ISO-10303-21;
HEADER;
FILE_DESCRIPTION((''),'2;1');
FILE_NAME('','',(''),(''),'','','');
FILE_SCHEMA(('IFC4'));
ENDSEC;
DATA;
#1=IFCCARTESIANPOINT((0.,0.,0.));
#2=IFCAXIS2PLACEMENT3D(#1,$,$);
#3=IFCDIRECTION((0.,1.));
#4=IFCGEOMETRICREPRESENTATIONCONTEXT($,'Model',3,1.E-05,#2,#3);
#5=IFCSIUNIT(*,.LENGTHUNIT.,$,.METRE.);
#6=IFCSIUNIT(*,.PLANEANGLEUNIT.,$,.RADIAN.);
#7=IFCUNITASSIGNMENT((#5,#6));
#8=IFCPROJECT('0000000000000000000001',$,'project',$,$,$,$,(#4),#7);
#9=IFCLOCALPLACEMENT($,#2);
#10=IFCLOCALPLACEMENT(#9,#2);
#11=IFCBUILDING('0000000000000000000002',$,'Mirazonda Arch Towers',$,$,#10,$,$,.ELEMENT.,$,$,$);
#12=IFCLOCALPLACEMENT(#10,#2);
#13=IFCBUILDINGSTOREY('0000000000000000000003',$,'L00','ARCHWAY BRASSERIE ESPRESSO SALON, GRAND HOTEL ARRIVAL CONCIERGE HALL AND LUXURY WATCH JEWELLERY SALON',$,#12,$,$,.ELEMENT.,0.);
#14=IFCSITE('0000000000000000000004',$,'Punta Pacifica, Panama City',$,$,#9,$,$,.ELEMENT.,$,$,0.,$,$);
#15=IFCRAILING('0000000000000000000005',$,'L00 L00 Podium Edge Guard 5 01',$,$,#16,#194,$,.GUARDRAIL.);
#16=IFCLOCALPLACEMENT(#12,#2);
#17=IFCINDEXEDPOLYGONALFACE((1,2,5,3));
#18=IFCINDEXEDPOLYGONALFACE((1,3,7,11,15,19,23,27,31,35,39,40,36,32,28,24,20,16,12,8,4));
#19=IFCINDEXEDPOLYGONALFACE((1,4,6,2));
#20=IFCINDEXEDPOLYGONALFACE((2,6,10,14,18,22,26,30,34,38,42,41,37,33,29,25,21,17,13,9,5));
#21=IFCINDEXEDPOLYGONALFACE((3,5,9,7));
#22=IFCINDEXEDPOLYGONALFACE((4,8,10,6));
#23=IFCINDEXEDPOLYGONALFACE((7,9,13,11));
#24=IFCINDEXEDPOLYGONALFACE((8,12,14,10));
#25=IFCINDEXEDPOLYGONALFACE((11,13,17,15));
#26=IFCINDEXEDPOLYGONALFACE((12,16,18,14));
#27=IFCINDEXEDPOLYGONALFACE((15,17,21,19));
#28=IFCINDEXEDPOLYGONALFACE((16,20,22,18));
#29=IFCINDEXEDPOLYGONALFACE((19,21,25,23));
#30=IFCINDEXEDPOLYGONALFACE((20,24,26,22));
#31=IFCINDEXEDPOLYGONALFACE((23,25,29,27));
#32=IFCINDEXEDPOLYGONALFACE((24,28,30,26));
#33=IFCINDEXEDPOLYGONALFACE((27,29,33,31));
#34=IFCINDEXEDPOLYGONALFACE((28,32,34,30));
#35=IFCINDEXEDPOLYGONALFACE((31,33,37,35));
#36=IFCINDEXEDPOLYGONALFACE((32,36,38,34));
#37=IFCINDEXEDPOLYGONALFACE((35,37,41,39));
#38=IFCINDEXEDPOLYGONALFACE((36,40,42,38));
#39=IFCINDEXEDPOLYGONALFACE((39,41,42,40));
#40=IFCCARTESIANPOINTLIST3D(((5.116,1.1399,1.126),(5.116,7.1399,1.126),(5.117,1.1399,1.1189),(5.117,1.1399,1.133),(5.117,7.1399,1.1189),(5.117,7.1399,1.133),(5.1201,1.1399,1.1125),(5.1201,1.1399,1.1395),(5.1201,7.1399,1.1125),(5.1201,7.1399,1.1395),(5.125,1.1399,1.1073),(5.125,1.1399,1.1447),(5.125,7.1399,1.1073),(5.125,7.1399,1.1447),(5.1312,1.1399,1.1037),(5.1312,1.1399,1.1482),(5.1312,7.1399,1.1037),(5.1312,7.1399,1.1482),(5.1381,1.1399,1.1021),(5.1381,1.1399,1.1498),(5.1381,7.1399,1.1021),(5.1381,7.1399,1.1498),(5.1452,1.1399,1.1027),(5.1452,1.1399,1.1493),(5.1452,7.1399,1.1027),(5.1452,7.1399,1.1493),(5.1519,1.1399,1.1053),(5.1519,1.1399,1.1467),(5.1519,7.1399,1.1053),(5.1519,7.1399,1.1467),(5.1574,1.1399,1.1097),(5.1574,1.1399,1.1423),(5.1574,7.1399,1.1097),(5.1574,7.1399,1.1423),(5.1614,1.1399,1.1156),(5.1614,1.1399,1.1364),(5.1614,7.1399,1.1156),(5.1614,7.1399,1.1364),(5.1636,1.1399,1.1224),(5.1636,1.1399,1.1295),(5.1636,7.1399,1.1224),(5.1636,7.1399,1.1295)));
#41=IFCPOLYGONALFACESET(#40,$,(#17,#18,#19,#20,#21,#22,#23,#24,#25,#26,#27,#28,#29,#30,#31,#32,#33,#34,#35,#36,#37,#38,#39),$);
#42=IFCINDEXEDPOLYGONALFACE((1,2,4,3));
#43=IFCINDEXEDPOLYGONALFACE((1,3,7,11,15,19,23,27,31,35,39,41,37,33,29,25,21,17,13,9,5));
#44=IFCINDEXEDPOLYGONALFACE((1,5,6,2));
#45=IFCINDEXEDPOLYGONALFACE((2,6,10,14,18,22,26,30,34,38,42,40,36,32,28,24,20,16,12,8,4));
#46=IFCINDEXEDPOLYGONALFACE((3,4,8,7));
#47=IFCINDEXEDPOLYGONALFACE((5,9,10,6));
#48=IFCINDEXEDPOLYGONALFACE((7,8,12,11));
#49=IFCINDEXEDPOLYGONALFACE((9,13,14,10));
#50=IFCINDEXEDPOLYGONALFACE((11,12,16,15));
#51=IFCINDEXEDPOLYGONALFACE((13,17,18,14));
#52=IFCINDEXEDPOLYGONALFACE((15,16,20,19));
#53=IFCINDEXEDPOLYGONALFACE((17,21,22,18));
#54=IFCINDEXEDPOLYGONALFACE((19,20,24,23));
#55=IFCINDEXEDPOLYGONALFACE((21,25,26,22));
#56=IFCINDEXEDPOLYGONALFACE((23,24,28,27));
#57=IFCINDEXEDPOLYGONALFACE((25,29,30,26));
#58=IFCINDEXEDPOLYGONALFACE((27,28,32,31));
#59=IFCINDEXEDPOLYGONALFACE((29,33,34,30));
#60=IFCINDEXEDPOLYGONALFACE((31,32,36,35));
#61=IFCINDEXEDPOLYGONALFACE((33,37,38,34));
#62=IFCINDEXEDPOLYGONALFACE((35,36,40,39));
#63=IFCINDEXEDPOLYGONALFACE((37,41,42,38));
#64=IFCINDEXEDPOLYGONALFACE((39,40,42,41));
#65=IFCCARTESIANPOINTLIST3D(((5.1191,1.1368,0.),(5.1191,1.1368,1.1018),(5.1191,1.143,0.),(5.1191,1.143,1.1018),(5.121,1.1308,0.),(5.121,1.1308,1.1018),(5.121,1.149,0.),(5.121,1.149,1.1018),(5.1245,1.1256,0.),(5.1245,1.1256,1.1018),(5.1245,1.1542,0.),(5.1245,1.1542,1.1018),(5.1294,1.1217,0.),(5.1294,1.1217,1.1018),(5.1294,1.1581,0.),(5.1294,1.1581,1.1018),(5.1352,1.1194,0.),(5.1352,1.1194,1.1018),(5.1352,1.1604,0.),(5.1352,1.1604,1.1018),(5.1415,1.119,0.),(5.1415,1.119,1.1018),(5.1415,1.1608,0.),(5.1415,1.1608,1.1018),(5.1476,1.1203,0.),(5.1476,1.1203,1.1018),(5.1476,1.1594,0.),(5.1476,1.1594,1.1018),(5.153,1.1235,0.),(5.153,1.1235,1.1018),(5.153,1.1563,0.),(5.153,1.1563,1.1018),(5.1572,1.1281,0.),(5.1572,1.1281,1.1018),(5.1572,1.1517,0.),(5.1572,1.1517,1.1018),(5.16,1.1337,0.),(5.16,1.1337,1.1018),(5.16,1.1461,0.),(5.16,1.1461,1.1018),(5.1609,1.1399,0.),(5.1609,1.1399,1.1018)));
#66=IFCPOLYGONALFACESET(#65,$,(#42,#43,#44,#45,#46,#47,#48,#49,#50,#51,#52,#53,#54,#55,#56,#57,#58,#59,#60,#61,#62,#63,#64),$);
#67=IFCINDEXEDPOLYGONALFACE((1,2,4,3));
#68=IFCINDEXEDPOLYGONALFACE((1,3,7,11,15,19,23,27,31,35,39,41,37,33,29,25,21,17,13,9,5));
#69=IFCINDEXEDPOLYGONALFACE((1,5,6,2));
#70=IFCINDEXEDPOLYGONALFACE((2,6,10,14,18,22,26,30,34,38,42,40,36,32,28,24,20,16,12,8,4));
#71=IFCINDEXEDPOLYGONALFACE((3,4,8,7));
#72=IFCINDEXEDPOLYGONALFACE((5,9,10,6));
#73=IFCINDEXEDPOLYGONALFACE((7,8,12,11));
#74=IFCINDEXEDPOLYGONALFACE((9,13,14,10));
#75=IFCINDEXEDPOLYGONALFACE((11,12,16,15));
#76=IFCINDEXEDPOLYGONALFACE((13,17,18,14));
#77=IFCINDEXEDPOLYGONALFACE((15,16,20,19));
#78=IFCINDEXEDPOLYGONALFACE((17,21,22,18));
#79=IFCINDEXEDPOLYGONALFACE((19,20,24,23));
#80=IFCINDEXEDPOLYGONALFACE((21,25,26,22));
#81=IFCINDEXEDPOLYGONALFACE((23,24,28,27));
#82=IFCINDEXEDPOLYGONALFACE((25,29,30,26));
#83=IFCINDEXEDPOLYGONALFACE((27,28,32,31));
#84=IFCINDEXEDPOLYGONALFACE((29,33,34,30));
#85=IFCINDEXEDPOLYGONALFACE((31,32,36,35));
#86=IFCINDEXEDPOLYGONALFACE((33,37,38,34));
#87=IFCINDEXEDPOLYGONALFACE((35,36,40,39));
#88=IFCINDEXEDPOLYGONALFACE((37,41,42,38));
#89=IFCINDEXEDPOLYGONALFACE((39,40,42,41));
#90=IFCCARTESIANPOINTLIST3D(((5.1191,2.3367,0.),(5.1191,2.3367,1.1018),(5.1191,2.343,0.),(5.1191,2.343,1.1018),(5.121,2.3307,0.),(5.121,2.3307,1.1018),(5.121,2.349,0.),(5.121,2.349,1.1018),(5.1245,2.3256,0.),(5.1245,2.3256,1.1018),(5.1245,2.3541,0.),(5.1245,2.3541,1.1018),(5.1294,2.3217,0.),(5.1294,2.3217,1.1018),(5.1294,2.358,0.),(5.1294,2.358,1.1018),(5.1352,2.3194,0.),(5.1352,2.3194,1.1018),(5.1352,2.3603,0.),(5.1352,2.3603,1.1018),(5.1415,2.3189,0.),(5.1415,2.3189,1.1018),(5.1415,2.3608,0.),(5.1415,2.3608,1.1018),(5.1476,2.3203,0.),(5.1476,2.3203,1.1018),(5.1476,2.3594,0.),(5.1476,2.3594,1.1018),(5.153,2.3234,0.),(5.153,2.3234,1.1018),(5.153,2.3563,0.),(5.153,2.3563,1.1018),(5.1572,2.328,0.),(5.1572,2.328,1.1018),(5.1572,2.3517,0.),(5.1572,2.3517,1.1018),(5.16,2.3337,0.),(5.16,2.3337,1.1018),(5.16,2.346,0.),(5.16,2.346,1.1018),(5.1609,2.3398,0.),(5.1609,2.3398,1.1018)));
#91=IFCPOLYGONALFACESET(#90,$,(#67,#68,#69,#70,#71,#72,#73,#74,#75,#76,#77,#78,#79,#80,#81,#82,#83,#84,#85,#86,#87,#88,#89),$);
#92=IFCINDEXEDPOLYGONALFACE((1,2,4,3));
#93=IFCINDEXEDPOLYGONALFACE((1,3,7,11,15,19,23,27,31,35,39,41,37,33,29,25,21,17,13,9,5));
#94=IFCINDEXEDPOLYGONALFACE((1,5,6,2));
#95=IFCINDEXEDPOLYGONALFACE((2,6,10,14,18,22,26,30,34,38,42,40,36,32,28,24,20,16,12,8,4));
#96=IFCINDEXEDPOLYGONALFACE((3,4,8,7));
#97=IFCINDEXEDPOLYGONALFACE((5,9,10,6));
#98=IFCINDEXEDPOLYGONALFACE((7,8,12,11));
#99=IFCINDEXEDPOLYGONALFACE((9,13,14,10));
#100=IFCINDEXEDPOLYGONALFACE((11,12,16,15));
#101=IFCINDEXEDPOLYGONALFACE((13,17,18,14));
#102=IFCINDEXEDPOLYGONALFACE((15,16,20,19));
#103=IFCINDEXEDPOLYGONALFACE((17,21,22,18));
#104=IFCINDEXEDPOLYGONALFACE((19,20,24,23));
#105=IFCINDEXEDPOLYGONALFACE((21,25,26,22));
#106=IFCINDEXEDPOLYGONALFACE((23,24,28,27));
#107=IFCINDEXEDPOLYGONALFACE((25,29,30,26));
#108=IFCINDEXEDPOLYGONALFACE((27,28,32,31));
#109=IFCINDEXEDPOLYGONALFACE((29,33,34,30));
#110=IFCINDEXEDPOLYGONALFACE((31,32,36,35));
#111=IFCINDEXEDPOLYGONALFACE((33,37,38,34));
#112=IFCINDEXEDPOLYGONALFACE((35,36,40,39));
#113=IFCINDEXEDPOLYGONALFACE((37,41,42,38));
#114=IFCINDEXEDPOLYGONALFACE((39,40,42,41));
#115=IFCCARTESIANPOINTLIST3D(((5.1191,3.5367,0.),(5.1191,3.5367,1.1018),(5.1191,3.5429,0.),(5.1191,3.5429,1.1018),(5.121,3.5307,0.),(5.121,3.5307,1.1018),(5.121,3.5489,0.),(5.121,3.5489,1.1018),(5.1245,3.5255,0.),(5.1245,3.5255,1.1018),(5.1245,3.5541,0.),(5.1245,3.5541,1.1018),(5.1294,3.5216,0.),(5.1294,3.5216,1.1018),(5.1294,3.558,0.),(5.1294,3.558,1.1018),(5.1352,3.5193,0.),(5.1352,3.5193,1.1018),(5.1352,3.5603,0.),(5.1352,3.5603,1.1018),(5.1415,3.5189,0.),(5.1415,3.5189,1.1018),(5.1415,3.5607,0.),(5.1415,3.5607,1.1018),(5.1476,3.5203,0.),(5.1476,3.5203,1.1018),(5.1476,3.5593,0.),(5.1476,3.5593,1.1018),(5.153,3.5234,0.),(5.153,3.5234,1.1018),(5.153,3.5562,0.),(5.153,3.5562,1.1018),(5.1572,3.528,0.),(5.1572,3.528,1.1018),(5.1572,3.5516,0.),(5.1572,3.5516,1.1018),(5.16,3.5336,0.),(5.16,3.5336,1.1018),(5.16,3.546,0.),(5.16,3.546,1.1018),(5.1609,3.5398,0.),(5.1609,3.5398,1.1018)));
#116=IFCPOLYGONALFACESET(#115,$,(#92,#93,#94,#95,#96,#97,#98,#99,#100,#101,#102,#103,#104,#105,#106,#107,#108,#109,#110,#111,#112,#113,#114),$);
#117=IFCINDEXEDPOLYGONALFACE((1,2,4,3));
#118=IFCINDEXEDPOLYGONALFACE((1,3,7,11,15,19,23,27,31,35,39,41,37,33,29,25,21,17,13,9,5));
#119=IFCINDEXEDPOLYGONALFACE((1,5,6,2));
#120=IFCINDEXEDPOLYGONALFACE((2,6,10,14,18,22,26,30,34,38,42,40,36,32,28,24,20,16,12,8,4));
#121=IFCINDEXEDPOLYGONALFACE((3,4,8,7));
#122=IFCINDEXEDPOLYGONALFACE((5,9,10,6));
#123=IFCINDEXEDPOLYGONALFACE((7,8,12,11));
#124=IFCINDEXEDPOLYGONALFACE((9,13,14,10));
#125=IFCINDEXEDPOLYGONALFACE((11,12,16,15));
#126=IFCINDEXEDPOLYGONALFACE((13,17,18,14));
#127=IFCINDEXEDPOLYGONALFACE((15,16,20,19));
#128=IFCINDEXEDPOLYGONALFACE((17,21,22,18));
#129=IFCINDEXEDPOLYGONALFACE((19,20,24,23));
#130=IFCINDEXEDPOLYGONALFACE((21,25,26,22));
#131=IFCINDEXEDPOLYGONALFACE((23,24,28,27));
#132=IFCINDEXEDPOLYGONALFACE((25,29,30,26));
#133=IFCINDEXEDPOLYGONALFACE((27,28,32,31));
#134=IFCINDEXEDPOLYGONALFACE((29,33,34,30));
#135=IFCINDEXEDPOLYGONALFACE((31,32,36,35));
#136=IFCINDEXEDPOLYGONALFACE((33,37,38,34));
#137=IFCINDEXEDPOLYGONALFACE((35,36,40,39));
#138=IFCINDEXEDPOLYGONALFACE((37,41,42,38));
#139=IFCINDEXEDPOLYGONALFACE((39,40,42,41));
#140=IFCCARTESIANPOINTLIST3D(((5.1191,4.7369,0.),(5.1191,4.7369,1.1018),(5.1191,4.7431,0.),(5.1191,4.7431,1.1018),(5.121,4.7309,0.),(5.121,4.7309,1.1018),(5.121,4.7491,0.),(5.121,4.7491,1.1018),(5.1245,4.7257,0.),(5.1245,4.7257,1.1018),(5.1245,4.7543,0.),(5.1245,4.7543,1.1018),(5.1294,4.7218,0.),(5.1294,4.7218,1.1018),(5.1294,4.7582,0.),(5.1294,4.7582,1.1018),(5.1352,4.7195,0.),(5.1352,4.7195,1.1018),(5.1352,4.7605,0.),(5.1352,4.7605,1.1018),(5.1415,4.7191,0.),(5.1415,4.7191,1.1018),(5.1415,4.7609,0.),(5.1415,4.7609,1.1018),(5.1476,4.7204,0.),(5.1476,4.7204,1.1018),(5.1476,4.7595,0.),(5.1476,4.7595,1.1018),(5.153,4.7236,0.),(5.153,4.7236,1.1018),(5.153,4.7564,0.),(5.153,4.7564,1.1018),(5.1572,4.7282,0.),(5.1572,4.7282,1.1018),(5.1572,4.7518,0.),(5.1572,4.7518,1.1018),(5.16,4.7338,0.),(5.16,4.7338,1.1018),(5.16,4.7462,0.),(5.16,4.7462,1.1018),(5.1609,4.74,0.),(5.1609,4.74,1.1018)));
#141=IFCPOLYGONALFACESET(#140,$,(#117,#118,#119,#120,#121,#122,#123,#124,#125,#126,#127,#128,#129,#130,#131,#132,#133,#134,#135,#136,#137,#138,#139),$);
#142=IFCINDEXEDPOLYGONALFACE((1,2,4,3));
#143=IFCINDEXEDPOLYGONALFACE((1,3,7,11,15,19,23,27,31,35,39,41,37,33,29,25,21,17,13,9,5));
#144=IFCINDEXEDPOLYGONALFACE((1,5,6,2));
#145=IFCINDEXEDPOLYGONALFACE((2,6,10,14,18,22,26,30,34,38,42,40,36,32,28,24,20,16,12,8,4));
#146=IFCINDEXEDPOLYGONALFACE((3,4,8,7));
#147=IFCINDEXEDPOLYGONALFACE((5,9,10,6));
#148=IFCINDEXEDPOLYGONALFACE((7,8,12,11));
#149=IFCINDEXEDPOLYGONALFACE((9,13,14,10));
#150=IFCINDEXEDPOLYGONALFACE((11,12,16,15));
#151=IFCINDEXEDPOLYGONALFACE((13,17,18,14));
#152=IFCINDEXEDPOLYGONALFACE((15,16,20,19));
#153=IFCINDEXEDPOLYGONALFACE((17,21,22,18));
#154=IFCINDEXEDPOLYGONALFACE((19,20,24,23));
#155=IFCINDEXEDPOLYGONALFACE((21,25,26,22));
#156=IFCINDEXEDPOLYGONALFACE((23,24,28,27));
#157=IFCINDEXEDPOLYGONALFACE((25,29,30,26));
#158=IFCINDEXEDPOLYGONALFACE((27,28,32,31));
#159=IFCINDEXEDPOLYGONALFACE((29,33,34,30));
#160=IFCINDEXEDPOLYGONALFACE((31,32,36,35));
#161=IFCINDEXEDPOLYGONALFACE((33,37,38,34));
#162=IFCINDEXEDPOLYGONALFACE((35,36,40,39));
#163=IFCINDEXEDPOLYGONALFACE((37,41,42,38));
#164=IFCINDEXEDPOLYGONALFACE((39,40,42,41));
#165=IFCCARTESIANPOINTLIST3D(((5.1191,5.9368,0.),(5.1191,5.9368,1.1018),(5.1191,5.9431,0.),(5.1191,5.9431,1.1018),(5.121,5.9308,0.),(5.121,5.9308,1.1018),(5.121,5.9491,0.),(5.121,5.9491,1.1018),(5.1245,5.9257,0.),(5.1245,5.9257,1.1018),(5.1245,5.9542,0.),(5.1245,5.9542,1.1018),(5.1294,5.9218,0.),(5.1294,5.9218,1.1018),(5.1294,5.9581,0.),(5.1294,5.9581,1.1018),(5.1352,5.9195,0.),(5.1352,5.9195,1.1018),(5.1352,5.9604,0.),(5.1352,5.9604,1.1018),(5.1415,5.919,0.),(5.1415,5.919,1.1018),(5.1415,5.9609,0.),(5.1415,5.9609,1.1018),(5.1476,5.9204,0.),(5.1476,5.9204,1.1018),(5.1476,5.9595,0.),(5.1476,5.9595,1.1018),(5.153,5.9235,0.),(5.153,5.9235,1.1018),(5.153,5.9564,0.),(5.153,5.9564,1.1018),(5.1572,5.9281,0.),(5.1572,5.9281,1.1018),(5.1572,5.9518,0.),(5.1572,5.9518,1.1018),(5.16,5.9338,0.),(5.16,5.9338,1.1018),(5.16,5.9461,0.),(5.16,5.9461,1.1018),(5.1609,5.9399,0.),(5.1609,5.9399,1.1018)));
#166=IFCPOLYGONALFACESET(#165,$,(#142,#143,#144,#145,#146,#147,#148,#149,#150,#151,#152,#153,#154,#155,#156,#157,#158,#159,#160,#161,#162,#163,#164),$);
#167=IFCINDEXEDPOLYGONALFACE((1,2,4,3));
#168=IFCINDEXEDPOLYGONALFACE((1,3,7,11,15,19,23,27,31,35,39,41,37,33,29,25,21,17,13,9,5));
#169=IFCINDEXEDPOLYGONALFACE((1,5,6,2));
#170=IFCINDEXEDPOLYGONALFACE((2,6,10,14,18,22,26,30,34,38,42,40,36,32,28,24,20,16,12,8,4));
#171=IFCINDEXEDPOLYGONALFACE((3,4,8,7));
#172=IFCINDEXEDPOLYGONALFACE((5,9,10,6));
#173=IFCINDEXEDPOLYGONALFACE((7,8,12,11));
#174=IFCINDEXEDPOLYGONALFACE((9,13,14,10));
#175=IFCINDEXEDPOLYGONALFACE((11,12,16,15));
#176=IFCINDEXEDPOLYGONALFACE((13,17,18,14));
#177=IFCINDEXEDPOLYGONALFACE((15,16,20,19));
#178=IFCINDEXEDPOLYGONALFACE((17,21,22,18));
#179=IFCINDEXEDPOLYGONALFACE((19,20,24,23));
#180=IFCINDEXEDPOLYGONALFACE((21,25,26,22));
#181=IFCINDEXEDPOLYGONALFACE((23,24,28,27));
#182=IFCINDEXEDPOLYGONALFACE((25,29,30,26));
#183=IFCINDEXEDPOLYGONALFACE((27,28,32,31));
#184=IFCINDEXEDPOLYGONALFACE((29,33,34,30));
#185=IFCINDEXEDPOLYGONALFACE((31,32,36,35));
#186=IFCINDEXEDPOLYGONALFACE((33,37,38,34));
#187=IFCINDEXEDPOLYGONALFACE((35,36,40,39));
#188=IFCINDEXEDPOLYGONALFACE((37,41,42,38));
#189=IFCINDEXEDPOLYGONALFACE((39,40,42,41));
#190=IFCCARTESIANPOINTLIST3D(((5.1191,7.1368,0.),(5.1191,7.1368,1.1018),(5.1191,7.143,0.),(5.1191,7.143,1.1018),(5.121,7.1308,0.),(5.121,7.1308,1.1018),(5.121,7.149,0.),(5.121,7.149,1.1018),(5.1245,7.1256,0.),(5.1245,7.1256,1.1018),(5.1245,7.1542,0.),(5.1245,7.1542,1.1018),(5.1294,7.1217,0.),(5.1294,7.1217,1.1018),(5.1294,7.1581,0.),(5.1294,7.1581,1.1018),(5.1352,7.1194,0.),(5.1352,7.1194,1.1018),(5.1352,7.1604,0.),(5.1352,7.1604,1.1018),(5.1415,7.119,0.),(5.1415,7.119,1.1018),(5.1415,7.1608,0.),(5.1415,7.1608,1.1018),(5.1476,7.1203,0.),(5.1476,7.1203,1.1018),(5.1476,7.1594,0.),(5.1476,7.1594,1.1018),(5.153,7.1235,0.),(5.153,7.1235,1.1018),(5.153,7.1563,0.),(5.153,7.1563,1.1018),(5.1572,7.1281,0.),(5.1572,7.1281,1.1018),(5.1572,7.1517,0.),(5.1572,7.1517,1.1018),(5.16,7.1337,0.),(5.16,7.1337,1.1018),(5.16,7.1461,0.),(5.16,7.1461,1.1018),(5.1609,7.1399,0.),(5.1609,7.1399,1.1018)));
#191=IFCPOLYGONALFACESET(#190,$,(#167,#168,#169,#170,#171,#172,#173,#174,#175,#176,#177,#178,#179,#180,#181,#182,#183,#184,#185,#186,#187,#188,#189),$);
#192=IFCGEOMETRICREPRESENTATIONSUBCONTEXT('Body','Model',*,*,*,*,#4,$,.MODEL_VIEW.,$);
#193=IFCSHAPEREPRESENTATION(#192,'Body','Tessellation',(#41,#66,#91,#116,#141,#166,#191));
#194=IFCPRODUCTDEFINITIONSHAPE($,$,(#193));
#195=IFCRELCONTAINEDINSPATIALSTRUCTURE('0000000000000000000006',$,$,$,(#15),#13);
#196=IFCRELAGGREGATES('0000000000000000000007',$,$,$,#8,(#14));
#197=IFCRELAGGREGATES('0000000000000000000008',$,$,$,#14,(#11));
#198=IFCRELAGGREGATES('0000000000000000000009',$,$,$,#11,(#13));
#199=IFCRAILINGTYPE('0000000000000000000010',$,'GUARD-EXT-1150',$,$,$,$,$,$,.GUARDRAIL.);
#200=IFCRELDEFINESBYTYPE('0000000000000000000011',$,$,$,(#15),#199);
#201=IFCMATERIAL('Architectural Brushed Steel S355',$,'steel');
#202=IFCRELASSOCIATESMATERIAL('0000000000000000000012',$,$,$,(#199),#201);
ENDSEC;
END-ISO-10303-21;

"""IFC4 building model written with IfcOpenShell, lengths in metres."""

from ifc_helpers import new_model, si_unit, direction, frame, origin, origin_2d, place, context, subcontext, project, spatial, circle, extrude, material, type_object, element, save


model = new_model("IFC4")

# Units and contexts
model_context = context("Model", 3, precision=1e-05, world=origin(), true_north=direction((0.0, 1.0)))
body_context = subcontext(model_context, "Body", "Model", "MODEL_VIEW")
ifc_project = project(units=[si_unit("LENGTHUNIT", "METRE"), si_unit("PLANEANGLEUNIT", "RADIAN")], contexts=[model_context])

# Site, building, storey
site_placement = place(None, origin())
site = spatial("IfcSite", under=ifc_project, at=site_placement, Name="Punta Pacifica, Panama City", CompositionType="ELEMENT", RefElevation=0.0)
building_placement = place(site_placement, origin())
building = spatial("IfcBuilding", under=site, at=building_placement, Name="Mirazonda Arch Towers", CompositionType="ELEMENT")
storey_placement = place(building_placement, origin())
storey = spatial("IfcBuildingStorey", under=building, at=storey_placement, Name="L00", Description="ARCHWAY BRASSERIE ESPRESSO SALON, GRAND HOTEL ARRIVAL CONCIERGE HALL AND LUXURY WATCH JEWELLERY SALON", CompositionType="ELEMENT", Elevation=0.0)

# Shared definitions
ifc_material_1 = material(Name="Architectural Brushed Steel S355", Category="steel")

# Railing
railing_type = type_object("IfcRailingType", Name="GUARD-EXT-1150", PredefinedType="GUARDRAIL", material=ifc_material_1)
railing_1_placement = place(storey_placement, frame((5.1399, 1.1399, 0.0)))
element("IfcRailing", 1, at=railing_1_placement, inside=storey, type_object=railing_type, Name="L00 L00 Podium Edge Guard 5 01", PredefinedType="GUARDRAIL", context=body_context, shape_type="SweptSolid", body=[
    extrude(circle(Radius=0.0239, at=origin_2d()), frame((0.0, 0.0, 1.126), z_axis=(0.0, 1.0, 0.0), x_axis=(-1.0, 0.0, 0.0)), (0.0, 0.0, 1.0), 6.0),
    extrude(circle(Radius=0.021, at=origin_2d()), origin(), (0.0, 0.0, 1.0), 1.1018),
    extrude(circle(Radius=0.021, at=origin_2d()), frame((0.0, 1.2, 0.0)), (0.0, 0.0, 1.0), 1.1018),
    extrude(circle(Radius=0.021, at=origin_2d()), frame((0.0, 2.3999, 0.0)), (0.0, 0.0, 1.0), 1.1018),
    extrude(circle(Radius=0.021, at=origin_2d()), frame((0.0, 3.6001, 0.0)), (0.0, 0.0, 1.0), 1.1018),
    extrude(circle(Radius=0.021, at=origin_2d()), frame((0.0, 4.8, 0.0)), (0.0, 0.0, 1.0), 1.1018),
    extrude(circle(Radius=0.021, at=origin_2d()), frame((0.0, 6.0, 0.0)), (0.0, 0.0, 1.0), 1.1018),
])

save(model, "model.ifc")
